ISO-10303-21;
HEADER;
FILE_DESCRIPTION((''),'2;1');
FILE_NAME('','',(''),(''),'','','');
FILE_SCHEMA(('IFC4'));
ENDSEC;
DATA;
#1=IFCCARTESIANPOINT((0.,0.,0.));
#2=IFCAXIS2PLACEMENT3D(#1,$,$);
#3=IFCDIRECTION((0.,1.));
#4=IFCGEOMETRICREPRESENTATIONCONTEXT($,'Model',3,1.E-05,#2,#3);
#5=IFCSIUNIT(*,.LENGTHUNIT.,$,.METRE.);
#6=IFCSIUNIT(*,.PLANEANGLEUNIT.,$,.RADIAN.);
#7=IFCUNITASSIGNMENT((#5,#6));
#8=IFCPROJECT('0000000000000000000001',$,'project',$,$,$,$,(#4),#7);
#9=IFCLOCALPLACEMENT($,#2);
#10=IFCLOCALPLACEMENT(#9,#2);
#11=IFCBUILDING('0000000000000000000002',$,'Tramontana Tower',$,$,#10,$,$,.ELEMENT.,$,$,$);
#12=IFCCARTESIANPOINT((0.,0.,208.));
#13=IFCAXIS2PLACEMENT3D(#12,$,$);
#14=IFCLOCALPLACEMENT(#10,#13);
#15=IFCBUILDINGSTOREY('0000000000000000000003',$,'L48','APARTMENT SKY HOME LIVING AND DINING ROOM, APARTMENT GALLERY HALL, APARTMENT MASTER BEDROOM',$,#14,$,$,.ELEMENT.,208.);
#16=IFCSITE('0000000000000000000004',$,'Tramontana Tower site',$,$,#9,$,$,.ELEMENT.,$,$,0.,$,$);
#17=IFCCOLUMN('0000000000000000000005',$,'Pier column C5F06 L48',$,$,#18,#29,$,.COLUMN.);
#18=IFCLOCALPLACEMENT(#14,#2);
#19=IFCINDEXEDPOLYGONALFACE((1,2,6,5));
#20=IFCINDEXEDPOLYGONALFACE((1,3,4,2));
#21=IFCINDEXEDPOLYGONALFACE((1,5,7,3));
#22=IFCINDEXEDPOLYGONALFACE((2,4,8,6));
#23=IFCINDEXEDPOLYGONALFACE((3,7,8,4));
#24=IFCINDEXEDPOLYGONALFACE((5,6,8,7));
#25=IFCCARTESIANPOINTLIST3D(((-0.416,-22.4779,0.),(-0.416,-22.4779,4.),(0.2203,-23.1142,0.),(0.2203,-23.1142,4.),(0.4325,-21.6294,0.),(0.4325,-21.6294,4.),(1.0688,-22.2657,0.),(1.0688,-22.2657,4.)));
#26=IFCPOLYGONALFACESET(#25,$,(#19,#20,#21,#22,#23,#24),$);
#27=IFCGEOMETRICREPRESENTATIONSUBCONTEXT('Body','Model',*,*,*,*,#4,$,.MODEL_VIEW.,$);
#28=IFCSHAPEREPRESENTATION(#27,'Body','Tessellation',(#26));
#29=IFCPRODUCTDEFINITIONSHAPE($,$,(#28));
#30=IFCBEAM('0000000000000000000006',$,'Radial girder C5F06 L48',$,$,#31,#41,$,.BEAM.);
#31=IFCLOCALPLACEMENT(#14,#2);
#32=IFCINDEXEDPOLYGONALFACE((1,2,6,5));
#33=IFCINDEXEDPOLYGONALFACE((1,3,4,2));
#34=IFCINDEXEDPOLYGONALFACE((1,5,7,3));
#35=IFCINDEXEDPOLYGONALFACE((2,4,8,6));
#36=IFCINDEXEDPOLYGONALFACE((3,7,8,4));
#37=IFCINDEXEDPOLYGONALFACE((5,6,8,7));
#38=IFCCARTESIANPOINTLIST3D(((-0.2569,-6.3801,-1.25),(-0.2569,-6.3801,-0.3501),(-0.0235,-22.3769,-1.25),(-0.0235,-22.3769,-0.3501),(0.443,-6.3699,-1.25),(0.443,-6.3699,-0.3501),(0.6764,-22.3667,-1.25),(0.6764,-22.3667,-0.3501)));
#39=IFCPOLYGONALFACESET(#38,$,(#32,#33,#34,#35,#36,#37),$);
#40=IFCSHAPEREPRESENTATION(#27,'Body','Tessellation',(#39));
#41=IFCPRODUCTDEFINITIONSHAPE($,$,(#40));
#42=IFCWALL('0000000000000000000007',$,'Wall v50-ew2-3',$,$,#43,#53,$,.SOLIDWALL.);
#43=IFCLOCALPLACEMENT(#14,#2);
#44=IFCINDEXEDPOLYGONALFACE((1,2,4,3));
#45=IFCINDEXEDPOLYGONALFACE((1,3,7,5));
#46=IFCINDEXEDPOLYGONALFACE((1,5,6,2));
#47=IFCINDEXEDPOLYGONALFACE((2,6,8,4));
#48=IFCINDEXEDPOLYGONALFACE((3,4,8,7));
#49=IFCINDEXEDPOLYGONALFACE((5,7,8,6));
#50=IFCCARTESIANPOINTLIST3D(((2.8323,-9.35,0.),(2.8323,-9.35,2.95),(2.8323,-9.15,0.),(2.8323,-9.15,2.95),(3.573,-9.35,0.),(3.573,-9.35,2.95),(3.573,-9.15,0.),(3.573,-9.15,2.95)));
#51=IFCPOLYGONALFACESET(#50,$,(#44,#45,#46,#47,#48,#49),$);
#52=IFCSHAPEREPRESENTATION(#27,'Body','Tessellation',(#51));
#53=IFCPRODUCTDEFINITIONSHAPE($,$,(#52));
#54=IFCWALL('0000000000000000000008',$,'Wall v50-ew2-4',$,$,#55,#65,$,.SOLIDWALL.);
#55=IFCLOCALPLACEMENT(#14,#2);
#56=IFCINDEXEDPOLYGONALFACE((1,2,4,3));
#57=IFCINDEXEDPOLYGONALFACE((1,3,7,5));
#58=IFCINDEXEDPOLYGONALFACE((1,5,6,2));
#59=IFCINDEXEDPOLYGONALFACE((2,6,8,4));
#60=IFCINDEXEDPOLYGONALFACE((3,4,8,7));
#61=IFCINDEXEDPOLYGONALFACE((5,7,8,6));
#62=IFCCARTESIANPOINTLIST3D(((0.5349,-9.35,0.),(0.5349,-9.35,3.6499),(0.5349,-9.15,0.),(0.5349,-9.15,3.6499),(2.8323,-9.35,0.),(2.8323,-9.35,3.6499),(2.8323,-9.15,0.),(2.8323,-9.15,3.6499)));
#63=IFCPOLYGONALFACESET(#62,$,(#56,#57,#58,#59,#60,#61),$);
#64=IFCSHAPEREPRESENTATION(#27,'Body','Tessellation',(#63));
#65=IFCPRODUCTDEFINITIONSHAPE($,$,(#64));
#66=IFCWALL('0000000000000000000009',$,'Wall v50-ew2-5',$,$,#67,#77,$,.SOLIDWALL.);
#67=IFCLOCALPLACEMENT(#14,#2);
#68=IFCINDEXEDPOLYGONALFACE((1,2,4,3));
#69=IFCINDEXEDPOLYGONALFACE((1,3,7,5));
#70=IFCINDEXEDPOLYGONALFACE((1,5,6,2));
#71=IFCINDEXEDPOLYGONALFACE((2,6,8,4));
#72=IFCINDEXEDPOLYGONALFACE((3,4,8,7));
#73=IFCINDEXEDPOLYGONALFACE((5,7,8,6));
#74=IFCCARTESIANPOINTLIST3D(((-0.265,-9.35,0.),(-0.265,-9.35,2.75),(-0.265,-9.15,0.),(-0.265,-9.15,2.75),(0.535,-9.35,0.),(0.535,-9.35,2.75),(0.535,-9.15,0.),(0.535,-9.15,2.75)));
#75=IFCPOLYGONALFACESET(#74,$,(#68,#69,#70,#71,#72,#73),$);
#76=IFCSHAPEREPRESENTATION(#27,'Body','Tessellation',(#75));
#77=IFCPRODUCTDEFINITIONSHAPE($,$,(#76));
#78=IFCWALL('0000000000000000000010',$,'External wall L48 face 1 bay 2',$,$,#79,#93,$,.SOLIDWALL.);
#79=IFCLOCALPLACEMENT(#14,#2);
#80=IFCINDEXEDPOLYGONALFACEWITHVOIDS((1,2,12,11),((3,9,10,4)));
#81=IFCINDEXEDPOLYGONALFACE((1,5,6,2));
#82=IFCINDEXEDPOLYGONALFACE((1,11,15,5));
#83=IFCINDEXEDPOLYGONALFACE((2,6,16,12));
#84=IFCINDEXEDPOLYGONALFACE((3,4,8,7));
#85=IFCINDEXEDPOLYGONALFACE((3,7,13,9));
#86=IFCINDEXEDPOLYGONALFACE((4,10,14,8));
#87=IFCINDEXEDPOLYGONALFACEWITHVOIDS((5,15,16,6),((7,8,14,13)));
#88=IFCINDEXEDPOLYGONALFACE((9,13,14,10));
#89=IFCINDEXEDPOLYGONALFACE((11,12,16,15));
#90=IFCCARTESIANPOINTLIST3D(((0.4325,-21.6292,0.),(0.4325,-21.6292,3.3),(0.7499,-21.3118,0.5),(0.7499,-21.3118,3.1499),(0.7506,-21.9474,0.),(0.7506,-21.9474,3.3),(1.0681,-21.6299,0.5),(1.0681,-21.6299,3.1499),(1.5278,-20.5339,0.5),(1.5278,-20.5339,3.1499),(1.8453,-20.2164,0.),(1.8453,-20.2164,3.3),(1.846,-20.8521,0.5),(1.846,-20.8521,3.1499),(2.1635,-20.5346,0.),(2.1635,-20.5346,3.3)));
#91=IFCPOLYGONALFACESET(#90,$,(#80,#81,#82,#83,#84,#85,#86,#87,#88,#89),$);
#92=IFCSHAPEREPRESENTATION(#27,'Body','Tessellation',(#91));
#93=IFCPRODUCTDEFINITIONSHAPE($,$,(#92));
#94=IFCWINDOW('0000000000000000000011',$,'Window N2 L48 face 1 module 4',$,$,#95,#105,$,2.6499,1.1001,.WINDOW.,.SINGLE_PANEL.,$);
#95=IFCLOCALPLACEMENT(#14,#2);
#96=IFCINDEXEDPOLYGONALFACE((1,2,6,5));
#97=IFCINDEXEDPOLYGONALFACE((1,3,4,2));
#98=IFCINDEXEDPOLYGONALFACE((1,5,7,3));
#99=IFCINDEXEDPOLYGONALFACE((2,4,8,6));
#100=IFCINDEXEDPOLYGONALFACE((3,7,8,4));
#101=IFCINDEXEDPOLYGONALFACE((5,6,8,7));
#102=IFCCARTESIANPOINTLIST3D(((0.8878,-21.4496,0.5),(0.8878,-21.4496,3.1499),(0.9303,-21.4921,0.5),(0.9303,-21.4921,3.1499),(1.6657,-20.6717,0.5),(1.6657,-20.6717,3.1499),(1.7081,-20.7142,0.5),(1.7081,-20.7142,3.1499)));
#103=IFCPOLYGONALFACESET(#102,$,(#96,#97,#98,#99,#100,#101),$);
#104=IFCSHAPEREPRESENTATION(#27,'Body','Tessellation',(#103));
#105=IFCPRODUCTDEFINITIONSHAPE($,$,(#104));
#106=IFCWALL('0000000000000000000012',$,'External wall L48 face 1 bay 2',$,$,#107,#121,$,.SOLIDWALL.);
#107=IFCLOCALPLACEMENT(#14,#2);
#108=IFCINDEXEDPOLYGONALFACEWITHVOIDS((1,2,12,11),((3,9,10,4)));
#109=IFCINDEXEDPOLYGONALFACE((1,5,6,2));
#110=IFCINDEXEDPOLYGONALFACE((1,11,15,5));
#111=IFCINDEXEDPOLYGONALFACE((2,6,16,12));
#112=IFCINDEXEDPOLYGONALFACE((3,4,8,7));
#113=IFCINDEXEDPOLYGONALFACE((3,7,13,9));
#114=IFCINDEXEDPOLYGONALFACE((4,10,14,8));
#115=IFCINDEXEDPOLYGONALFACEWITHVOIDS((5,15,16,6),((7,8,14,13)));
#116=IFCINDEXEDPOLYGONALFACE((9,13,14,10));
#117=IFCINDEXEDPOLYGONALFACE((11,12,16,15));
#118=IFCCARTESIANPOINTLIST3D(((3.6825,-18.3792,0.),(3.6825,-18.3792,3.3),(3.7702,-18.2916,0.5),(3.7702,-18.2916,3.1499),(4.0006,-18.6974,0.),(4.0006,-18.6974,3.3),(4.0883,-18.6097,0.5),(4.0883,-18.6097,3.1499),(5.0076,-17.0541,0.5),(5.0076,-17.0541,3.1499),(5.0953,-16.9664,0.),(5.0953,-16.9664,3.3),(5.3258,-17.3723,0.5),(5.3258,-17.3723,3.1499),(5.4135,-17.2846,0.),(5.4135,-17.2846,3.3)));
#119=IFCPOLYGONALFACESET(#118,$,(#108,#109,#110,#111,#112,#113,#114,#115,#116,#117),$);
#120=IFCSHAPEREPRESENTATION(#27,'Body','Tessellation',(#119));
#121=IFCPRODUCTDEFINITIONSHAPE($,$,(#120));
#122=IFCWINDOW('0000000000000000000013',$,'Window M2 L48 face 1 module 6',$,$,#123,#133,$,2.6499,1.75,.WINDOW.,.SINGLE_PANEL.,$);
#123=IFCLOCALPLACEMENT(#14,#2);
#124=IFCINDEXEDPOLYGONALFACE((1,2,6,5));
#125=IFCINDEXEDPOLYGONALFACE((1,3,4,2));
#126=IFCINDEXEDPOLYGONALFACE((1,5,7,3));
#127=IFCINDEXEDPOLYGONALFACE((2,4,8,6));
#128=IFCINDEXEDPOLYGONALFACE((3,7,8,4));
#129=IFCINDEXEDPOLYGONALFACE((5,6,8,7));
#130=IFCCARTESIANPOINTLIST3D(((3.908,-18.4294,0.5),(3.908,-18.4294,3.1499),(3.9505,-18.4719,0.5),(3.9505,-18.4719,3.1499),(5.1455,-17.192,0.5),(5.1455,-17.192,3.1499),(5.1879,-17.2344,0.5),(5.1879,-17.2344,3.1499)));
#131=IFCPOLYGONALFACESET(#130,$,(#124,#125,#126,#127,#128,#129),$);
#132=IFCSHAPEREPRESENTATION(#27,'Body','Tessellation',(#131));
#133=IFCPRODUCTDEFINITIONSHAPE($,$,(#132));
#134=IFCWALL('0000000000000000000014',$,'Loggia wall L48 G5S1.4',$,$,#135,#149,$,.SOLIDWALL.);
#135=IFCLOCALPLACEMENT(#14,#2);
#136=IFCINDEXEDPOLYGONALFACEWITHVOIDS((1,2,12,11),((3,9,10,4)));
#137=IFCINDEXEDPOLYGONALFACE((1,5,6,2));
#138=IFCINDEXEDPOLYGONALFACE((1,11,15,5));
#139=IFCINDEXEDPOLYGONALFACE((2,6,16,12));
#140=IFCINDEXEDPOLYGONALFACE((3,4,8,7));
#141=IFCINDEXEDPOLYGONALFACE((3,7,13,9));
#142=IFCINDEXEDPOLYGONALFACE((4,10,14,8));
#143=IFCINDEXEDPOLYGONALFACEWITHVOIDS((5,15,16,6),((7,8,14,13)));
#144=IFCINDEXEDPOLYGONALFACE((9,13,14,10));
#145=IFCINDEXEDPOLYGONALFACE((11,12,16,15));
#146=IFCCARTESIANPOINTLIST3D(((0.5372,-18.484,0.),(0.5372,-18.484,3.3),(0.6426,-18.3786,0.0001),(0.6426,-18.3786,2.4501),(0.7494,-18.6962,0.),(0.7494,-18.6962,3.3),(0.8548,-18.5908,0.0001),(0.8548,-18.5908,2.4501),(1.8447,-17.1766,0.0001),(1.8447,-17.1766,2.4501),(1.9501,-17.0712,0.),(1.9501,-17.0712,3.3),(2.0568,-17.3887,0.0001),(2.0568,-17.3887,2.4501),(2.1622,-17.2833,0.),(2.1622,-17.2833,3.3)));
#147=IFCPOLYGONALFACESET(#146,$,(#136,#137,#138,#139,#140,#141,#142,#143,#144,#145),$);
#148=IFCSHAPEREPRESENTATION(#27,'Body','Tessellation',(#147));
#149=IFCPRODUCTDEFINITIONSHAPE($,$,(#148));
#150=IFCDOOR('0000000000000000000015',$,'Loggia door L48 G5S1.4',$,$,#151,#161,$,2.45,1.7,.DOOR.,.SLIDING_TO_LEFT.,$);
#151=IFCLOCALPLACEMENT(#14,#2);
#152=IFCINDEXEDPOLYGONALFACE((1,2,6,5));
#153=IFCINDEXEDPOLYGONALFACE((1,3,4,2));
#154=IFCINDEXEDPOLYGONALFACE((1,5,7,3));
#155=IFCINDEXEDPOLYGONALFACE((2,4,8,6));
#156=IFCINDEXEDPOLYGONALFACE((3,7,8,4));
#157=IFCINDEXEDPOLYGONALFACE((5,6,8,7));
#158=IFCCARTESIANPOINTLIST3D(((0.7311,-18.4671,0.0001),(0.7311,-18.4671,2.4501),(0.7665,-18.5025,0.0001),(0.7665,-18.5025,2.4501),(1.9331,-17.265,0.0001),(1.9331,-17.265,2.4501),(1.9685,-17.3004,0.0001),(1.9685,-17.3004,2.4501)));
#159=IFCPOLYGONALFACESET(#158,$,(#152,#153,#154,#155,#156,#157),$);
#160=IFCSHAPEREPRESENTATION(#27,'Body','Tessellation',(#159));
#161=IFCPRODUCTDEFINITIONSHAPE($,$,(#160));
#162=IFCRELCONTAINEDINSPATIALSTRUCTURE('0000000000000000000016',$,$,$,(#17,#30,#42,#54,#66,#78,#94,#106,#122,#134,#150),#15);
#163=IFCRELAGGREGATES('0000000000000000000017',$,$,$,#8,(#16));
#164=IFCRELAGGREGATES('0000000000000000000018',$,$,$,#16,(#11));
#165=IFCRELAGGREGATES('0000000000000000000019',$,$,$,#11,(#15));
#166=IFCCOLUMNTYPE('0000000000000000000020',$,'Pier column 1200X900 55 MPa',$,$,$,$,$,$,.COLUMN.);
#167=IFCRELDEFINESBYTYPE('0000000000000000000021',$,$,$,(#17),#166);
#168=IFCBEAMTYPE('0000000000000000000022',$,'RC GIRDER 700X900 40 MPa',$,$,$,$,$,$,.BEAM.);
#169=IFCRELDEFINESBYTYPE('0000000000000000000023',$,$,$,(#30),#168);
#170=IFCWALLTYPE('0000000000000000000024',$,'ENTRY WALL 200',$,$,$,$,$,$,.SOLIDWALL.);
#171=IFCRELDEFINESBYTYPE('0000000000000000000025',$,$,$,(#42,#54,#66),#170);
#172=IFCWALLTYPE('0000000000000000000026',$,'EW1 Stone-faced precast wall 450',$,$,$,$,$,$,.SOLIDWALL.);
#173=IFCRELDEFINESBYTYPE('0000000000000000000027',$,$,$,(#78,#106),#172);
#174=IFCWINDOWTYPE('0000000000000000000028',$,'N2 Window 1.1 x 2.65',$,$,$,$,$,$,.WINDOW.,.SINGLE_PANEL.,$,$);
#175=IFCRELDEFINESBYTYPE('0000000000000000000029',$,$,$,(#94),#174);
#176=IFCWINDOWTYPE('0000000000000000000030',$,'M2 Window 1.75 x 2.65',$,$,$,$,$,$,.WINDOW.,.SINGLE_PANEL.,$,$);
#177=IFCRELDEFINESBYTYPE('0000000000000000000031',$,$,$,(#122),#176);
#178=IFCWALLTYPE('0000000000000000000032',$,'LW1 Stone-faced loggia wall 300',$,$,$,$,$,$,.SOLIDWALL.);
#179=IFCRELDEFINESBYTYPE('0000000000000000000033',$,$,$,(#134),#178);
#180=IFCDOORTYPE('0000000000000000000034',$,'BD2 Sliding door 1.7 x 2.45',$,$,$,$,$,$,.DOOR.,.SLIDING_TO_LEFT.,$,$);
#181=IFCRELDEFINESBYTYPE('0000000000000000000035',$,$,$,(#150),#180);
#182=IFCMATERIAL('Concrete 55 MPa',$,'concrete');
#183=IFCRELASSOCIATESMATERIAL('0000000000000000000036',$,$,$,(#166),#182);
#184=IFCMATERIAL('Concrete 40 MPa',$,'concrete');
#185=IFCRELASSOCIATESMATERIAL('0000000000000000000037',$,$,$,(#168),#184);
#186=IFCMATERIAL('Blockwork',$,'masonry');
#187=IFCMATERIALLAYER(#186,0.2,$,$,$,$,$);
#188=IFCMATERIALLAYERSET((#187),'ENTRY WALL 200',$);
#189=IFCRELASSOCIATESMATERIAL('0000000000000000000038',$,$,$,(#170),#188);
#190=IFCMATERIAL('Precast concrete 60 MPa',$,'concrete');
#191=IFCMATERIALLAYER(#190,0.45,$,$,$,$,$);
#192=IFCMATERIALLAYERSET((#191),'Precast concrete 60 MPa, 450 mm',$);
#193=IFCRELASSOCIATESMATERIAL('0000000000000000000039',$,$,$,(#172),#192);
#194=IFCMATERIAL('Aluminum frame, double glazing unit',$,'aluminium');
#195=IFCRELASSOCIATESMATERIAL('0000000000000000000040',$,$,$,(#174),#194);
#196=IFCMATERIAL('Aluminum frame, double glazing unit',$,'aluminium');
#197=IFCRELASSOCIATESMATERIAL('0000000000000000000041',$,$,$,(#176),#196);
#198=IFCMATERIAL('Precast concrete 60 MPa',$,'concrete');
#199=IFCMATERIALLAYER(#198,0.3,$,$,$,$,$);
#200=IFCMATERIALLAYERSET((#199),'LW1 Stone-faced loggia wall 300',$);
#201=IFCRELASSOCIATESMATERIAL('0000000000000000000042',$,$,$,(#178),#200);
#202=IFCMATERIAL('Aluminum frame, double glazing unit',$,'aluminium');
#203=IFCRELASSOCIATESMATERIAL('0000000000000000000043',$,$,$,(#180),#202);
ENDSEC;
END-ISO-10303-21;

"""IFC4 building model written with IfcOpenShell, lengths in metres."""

from ifc_helpers import new_model, si_unit, direction, frame, frame_2d, origin, origin_2d, place, context, subcontext, project, spatial, rectangle, extrude, material, layer, layer_set, material_profile, profile_set, type_object, element, fill, save


model = new_model("IFC4")

# Units and contexts
model_context = context("Model", 3, precision=1e-05, world=origin(), true_north=direction((0.0, 1.0)))
body_context = subcontext(model_context, "Body", "Model", "MODEL_VIEW")
ifc_project = project(units=[si_unit("LENGTHUNIT", "METRE"), si_unit("PLANEANGLEUNIT", "RADIAN")], contexts=[model_context])

# Site, building, storey
site_placement = place(None, origin())
site = spatial("IfcSite", under=ifc_project, at=site_placement, Name="Tramontana Tower site", CompositionType="ELEMENT", RefElevation=0.0)
building_placement = place(site_placement, origin())
building = spatial("IfcBuilding", under=site, at=building_placement, Name="Tramontana Tower", CompositionType="ELEMENT")
storey_placement = place(building_placement, frame((0.0, 0.0, 208.0)))
storey = spatial("IfcBuildingStorey", under=building, at=storey_placement, Name="L48", Description="APARTMENT SKY HOME LIVING AND DINING ROOM, APARTMENT GALLERY HALL, APARTMENT MASTER BEDROOM", CompositionType="ELEMENT", Elevation=208.0)

# Column
ifc_material_1 = material(Name="Concrete 55 MPa", Category="concrete")
ifc_material_profile_1 = material_profile(ifc_material_1, rectangle(XDim=1.2, YDim=0.8999, at=origin_2d()), Name="Pier column 1200X900 55 MPa")
ifc_profile_set_1 = profile_set([ifc_material_profile_1], Name="Concrete 55 MPa")
column_type = type_object("IfcColumnType", Name="Pier column 1200X900 55 MPa", PredefinedType="COLUMN", material=ifc_profile_set_1)
column_placement = place(storey_placement, frame((0.3264, -22.3718, 0.0), z_axis=(0.0, 0.0, 1.0), x_axis=(0.707107, 0.707107, 0.0)))
element("IfcColumn", 1, at=column_placement, inside=storey, type_object=column_type, Name="Pier column C5F06 L48", PredefinedType="COLUMN", context=body_context, shape_type="SweptSolid", body=[
    extrude(rectangle(XDim=1.2, YDim=0.8999, at=origin_2d()), origin(), (0.0, 0.0, 1.0), 4.0),
])

# Beam
ifc_material_2 = material(Name="Concrete 40 MPa", Category="concrete")
ifc_material_profile_2 = material_profile(ifc_material_2, rectangle(XDim=0.7, YDim=0.8999, at=origin_2d()), Name="RC GIRDER 700X900 40 MPa")
ifc_profile_set_2 = profile_set([ifc_material_profile_2], Name="Concrete 40 MPa")
beam_type = type_object("IfcBeamType", Name="RC GIRDER 700X900 40 MPa", PredefinedType="BEAM", material=ifc_profile_set_2)
beam_placement = place(storey_placement, frame((0.3264, -22.3718, -0.8), z_axis=(-0.014589, 0.999894, 0.0), x_axis=(-0.999894, -0.014589, 0.0)))
element("IfcBeam", 2, at=beam_placement, inside=storey, type_object=beam_type, Name="Radial girder C5F06 L48", PredefinedType="BEAM", context=body_context, shape_type="SweptSolid", body=[
    extrude(rectangle(XDim=0.7, YDim=0.8999, at=origin_2d()), origin(), (0.0, 0.0, 1.0), 15.9985),
])

# Walls
ifc_material_3 = material(Name="Blockwork", Category="masonry")
ifc_layer_1 = layer(ifc_material_3, 0.2)
ifc_layer_set_1 = layer_set([ifc_layer_1], Name="ENTRY WALL 200")
wall_type_1 = type_object("IfcWallType", Name="ENTRY WALL 200", PredefinedType="SOLIDWALL", material=ifc_layer_set_1)
wall_1_placement = place(storey_placement, frame((3.573, -9.25, 0.0), z_axis=(0.0, 0.0, 1.0), x_axis=(-1.0, 0.0, 0.0)))
element("IfcWall", 3, at=wall_1_placement, inside=storey, type_object=wall_type_1, Name="Wall v50-ew2-3", PredefinedType="SOLIDWALL", context=body_context, shape_type="SweptSolid", body=[
    extrude(rectangle(XDim=0.7407, YDim=0.2, at=frame_2d((0.3704, 0.0))), origin(), (0.0, 0.0, 1.0), 2.95),
])
wall_2_placement = place(storey_placement, frame((2.8323, -9.25, 0.0), z_axis=(0.0, 0.0, 1.0), x_axis=(-1.0, 0.0, 0.0)))
element("IfcWall", 4, at=wall_2_placement, inside=storey, type_object=wall_type_1, Name="Wall v50-ew2-4", PredefinedType="SOLIDWALL", context=body_context, shape_type="SweptSolid", body=[
    extrude(rectangle(XDim=2.2974, YDim=0.2, at=frame_2d((1.1487, 0.0))), origin(), (0.0, 0.0, 1.0), 3.6499),
])
wall_3_placement = place(storey_placement, frame((0.5349, -9.25, 0.0), z_axis=(0.0, 0.0, 1.0), x_axis=(-1.0, 0.0, 0.0)))
element("IfcWall", 5, at=wall_3_placement, inside=storey, type_object=wall_type_1, Name="Wall v50-ew2-5", PredefinedType="SOLIDWALL", context=body_context, shape_type="SweptSolid", body=[
    extrude(rectangle(XDim=0.8, YDim=0.2, at=frame_2d((0.3999, 0.0))), origin(), (0.0, 0.0, 1.0), 2.75),
])

# Walls, openings, windows
ifc_material_4 = material(Name="Precast concrete 60 MPa", Category="concrete")
ifc_layer_2 = layer(ifc_material_4, 0.45)
ifc_layer_set_2 = layer_set([ifc_layer_2], Name="Precast concrete 60 MPa, 450 mm")
wall_type_2 = type_object("IfcWallType", Name="EW1 Stone-faced precast wall 450", PredefinedType="SOLIDWALL", material=ifc_layer_set_2)
wall_4_placement = place(storey_placement, frame((0.5916, -21.7883, 0.0), z_axis=(0.0, 0.0, 1.0), x_axis=(0.707107, 0.707107, 0.0)))
wall_4 = element("IfcWall", 6, at=wall_4_placement, inside=storey, type_object=wall_type_2, Name="External wall L48 face 1 bay 2", PredefinedType="SOLIDWALL", context=body_context, shape_type="SweptSolid", body=[
    extrude(rectangle(XDim=1.998, YDim=0.45, at=frame_2d((0.999, 0.0))), origin(), (0.0, 0.0, 1.0), 3.3),
])
opening_1_placement = place(wall_4_placement, frame((0.449, 0.0, 0.5)))
opening_1 = element("IfcOpeningElement", 7, at=opening_1_placement, cuts=wall_4, PredefinedType="OPENING", context=body_context, shape_type="SweptSolid", body=[
    extrude(rectangle(XDim=1.1001, YDim=2.6499, at=frame_2d((0.55, 1.325))), frame((0.0, 0.2349, 0.0), z_axis=(0.0, -1.0, 0.0), x_axis=(1.0, 0.0, 0.0)), (0.0, 0.0, 1.0), 0.47),
])
ifc_material_5 = material(Name="Aluminum frame, double glazing unit", Category="aluminium")
window_type_1 = type_object("IfcWindowType", Name="N2 Window 1.1 x 2.65", PartitioningType="SINGLE_PANEL", PredefinedType="WINDOW", material=ifc_material_5)
window_1_placement = place(opening_1_placement, origin())
window_1 = element("IfcWindow", 8, at=window_1_placement, inside=storey, type_object=window_type_1, Name="Window N2 L48 face 1 module 4", OverallHeight=2.6499, OverallWidth=1.1001, PartitioningType="SINGLE_PANEL", PredefinedType="WINDOW", context=body_context, shape_type="SweptSolid", body=[
    extrude(rectangle(XDim=1.1001, YDim=2.6499, at=frame_2d((0.55, 1.325))), frame((0.0, 0.03, 0.0), z_axis=(0.0, -1.0, 0.0), x_axis=(1.0, 0.0, 0.0)), (0.0, 0.0, 1.0), 0.0601),
])
fill(opening_1, window_1)
wall_5_placement = place(storey_placement, frame((3.8416, -18.5383, 0.0), z_axis=(0.0, 0.0, 1.0), x_axis=(0.707107, 0.707107, 0.0)))
wall_5 = element("IfcWall", 9, at=wall_5_placement, inside=storey, type_object=wall_type_2, Name="External wall L48 face 1 bay 2", PredefinedType="SOLIDWALL", context=body_context, shape_type="SweptSolid", body=[
    extrude(rectangle(XDim=1.998, YDim=0.45, at=frame_2d((0.999, 0.0))), origin(), (0.0, 0.0, 1.0), 3.3),
])
opening_2_placement = place(wall_5_placement, frame((0.124, 0.0, 0.5)))
opening_2 = element("IfcOpeningElement", 10, at=opening_2_placement, cuts=wall_5, PredefinedType="OPENING", context=body_context, shape_type="SweptSolid", body=[
    extrude(rectangle(XDim=1.75, YDim=2.6499, at=frame_2d((0.875, 1.325))), frame((0.0, 0.2349, 0.0), z_axis=(0.0, -1.0, 0.0), x_axis=(1.0, 0.0, 0.0)), (0.0, 0.0, 1.0), 0.47),
])
ifc_material_6 = material(Name="Aluminum frame, double glazing unit", Category="aluminium")
window_type_2 = type_object("IfcWindowType", Name="M2 Window 1.75 x 2.65", PartitioningType="SINGLE_PANEL", PredefinedType="WINDOW", material=ifc_material_6)
window_2_placement = place(opening_2_placement, origin())
window_2 = element("IfcWindow", 11, at=window_2_placement, inside=storey, type_object=window_type_2, Name="Window M2 L48 face 1 module 6", OverallHeight=2.6499, OverallWidth=1.75, PartitioningType="SINGLE_PANEL", PredefinedType="WINDOW", context=body_context, shape_type="SweptSolid", body=[
    extrude(rectangle(XDim=1.75, YDim=2.6499, at=frame_2d((0.875, 1.325))), frame((0.0, 0.03, 0.0), z_axis=(0.0, -1.0, 0.0), x_axis=(1.0, 0.0, 0.0)), (0.0, 0.0, 1.0), 0.0601),
])
fill(opening_2, window_2)

# Wall, opening, door
ifc_material_7 = material(Name="Precast concrete 60 MPa", Category="concrete")
ifc_layer_3 = layer(ifc_material_7, 0.3)
ifc_layer_set_3 = layer_set([ifc_layer_3], Name="LW1 Stone-faced loggia wall 300")
wall_type_3 = type_object("IfcWallType", Name="LW1 Stone-faced loggia wall 300", PredefinedType="SOLIDWALL", material=ifc_layer_set_3)
wall_6_placement = place(storey_placement, frame((0.6433, -18.5901, 0.0), z_axis=(0.0, 0.0, 1.0), x_axis=(0.707107, 0.707107, 0.0)))
wall_6 = element("IfcWall", 12, at=wall_6_placement, inside=storey, type_object=wall_type_3, Name="Loggia wall L48 G5S1.4", PredefinedType="SOLIDWALL", context=body_context, shape_type="SweptSolid", body=[
    extrude(rectangle(XDim=1.998, YDim=0.3, at=frame_2d((0.999, 0.0))), origin(), (0.0, 0.0, 1.0), 3.3),
])
opening_3_placement = place(wall_6_placement, frame((0.1489, 0.0, 0.0)))
opening_3 = element("IfcOpeningElement", 13, at=opening_3_placement, cuts=wall_6, PredefinedType="OPENING", context=body_context, shape_type="SweptSolid", body=[
    extrude(rectangle(XDim=1.7, YDim=2.45, at=frame_2d((0.8501, 1.2251))), frame((0.0, 0.1599, 0.0), z_axis=(0.0, -1.0, 0.0), x_axis=(1.0, 0.0, 0.0)), (0.0, 0.0, 1.0), 0.3201),
])
ifc_material_8 = material(Name="Aluminum frame, double glazing unit", Category="aluminium")
door_type_1 = type_object("IfcDoorType", Name="BD2 Sliding door 1.7 x 2.45", OperationType="SLIDING_TO_LEFT", PredefinedType="DOOR", material=ifc_material_8)
door_1_placement = place(opening_3_placement, origin())
door_1 = element("IfcDoor", 14, at=door_1_placement, inside=storey, type_object=door_type_1, Name="Loggia door L48 G5S1.4", OperationType="SLIDING_TO_LEFT", OverallHeight=2.45, OverallWidth=1.7, PredefinedType="DOOR", context=body_context, shape_type="SweptSolid", body=[
    extrude(rectangle(XDim=1.7, YDim=2.45, at=frame_2d((0.8501, 1.2251))), frame((0.0, 0.0249, 0.0), z_axis=(0.0, -1.0, 0.0), x_axis=(1.0, 0.0, 0.0)), (0.0, 0.0, 1.0), 0.05),
])
fill(opening_3, door_1)

save(model, "model.ifc")
